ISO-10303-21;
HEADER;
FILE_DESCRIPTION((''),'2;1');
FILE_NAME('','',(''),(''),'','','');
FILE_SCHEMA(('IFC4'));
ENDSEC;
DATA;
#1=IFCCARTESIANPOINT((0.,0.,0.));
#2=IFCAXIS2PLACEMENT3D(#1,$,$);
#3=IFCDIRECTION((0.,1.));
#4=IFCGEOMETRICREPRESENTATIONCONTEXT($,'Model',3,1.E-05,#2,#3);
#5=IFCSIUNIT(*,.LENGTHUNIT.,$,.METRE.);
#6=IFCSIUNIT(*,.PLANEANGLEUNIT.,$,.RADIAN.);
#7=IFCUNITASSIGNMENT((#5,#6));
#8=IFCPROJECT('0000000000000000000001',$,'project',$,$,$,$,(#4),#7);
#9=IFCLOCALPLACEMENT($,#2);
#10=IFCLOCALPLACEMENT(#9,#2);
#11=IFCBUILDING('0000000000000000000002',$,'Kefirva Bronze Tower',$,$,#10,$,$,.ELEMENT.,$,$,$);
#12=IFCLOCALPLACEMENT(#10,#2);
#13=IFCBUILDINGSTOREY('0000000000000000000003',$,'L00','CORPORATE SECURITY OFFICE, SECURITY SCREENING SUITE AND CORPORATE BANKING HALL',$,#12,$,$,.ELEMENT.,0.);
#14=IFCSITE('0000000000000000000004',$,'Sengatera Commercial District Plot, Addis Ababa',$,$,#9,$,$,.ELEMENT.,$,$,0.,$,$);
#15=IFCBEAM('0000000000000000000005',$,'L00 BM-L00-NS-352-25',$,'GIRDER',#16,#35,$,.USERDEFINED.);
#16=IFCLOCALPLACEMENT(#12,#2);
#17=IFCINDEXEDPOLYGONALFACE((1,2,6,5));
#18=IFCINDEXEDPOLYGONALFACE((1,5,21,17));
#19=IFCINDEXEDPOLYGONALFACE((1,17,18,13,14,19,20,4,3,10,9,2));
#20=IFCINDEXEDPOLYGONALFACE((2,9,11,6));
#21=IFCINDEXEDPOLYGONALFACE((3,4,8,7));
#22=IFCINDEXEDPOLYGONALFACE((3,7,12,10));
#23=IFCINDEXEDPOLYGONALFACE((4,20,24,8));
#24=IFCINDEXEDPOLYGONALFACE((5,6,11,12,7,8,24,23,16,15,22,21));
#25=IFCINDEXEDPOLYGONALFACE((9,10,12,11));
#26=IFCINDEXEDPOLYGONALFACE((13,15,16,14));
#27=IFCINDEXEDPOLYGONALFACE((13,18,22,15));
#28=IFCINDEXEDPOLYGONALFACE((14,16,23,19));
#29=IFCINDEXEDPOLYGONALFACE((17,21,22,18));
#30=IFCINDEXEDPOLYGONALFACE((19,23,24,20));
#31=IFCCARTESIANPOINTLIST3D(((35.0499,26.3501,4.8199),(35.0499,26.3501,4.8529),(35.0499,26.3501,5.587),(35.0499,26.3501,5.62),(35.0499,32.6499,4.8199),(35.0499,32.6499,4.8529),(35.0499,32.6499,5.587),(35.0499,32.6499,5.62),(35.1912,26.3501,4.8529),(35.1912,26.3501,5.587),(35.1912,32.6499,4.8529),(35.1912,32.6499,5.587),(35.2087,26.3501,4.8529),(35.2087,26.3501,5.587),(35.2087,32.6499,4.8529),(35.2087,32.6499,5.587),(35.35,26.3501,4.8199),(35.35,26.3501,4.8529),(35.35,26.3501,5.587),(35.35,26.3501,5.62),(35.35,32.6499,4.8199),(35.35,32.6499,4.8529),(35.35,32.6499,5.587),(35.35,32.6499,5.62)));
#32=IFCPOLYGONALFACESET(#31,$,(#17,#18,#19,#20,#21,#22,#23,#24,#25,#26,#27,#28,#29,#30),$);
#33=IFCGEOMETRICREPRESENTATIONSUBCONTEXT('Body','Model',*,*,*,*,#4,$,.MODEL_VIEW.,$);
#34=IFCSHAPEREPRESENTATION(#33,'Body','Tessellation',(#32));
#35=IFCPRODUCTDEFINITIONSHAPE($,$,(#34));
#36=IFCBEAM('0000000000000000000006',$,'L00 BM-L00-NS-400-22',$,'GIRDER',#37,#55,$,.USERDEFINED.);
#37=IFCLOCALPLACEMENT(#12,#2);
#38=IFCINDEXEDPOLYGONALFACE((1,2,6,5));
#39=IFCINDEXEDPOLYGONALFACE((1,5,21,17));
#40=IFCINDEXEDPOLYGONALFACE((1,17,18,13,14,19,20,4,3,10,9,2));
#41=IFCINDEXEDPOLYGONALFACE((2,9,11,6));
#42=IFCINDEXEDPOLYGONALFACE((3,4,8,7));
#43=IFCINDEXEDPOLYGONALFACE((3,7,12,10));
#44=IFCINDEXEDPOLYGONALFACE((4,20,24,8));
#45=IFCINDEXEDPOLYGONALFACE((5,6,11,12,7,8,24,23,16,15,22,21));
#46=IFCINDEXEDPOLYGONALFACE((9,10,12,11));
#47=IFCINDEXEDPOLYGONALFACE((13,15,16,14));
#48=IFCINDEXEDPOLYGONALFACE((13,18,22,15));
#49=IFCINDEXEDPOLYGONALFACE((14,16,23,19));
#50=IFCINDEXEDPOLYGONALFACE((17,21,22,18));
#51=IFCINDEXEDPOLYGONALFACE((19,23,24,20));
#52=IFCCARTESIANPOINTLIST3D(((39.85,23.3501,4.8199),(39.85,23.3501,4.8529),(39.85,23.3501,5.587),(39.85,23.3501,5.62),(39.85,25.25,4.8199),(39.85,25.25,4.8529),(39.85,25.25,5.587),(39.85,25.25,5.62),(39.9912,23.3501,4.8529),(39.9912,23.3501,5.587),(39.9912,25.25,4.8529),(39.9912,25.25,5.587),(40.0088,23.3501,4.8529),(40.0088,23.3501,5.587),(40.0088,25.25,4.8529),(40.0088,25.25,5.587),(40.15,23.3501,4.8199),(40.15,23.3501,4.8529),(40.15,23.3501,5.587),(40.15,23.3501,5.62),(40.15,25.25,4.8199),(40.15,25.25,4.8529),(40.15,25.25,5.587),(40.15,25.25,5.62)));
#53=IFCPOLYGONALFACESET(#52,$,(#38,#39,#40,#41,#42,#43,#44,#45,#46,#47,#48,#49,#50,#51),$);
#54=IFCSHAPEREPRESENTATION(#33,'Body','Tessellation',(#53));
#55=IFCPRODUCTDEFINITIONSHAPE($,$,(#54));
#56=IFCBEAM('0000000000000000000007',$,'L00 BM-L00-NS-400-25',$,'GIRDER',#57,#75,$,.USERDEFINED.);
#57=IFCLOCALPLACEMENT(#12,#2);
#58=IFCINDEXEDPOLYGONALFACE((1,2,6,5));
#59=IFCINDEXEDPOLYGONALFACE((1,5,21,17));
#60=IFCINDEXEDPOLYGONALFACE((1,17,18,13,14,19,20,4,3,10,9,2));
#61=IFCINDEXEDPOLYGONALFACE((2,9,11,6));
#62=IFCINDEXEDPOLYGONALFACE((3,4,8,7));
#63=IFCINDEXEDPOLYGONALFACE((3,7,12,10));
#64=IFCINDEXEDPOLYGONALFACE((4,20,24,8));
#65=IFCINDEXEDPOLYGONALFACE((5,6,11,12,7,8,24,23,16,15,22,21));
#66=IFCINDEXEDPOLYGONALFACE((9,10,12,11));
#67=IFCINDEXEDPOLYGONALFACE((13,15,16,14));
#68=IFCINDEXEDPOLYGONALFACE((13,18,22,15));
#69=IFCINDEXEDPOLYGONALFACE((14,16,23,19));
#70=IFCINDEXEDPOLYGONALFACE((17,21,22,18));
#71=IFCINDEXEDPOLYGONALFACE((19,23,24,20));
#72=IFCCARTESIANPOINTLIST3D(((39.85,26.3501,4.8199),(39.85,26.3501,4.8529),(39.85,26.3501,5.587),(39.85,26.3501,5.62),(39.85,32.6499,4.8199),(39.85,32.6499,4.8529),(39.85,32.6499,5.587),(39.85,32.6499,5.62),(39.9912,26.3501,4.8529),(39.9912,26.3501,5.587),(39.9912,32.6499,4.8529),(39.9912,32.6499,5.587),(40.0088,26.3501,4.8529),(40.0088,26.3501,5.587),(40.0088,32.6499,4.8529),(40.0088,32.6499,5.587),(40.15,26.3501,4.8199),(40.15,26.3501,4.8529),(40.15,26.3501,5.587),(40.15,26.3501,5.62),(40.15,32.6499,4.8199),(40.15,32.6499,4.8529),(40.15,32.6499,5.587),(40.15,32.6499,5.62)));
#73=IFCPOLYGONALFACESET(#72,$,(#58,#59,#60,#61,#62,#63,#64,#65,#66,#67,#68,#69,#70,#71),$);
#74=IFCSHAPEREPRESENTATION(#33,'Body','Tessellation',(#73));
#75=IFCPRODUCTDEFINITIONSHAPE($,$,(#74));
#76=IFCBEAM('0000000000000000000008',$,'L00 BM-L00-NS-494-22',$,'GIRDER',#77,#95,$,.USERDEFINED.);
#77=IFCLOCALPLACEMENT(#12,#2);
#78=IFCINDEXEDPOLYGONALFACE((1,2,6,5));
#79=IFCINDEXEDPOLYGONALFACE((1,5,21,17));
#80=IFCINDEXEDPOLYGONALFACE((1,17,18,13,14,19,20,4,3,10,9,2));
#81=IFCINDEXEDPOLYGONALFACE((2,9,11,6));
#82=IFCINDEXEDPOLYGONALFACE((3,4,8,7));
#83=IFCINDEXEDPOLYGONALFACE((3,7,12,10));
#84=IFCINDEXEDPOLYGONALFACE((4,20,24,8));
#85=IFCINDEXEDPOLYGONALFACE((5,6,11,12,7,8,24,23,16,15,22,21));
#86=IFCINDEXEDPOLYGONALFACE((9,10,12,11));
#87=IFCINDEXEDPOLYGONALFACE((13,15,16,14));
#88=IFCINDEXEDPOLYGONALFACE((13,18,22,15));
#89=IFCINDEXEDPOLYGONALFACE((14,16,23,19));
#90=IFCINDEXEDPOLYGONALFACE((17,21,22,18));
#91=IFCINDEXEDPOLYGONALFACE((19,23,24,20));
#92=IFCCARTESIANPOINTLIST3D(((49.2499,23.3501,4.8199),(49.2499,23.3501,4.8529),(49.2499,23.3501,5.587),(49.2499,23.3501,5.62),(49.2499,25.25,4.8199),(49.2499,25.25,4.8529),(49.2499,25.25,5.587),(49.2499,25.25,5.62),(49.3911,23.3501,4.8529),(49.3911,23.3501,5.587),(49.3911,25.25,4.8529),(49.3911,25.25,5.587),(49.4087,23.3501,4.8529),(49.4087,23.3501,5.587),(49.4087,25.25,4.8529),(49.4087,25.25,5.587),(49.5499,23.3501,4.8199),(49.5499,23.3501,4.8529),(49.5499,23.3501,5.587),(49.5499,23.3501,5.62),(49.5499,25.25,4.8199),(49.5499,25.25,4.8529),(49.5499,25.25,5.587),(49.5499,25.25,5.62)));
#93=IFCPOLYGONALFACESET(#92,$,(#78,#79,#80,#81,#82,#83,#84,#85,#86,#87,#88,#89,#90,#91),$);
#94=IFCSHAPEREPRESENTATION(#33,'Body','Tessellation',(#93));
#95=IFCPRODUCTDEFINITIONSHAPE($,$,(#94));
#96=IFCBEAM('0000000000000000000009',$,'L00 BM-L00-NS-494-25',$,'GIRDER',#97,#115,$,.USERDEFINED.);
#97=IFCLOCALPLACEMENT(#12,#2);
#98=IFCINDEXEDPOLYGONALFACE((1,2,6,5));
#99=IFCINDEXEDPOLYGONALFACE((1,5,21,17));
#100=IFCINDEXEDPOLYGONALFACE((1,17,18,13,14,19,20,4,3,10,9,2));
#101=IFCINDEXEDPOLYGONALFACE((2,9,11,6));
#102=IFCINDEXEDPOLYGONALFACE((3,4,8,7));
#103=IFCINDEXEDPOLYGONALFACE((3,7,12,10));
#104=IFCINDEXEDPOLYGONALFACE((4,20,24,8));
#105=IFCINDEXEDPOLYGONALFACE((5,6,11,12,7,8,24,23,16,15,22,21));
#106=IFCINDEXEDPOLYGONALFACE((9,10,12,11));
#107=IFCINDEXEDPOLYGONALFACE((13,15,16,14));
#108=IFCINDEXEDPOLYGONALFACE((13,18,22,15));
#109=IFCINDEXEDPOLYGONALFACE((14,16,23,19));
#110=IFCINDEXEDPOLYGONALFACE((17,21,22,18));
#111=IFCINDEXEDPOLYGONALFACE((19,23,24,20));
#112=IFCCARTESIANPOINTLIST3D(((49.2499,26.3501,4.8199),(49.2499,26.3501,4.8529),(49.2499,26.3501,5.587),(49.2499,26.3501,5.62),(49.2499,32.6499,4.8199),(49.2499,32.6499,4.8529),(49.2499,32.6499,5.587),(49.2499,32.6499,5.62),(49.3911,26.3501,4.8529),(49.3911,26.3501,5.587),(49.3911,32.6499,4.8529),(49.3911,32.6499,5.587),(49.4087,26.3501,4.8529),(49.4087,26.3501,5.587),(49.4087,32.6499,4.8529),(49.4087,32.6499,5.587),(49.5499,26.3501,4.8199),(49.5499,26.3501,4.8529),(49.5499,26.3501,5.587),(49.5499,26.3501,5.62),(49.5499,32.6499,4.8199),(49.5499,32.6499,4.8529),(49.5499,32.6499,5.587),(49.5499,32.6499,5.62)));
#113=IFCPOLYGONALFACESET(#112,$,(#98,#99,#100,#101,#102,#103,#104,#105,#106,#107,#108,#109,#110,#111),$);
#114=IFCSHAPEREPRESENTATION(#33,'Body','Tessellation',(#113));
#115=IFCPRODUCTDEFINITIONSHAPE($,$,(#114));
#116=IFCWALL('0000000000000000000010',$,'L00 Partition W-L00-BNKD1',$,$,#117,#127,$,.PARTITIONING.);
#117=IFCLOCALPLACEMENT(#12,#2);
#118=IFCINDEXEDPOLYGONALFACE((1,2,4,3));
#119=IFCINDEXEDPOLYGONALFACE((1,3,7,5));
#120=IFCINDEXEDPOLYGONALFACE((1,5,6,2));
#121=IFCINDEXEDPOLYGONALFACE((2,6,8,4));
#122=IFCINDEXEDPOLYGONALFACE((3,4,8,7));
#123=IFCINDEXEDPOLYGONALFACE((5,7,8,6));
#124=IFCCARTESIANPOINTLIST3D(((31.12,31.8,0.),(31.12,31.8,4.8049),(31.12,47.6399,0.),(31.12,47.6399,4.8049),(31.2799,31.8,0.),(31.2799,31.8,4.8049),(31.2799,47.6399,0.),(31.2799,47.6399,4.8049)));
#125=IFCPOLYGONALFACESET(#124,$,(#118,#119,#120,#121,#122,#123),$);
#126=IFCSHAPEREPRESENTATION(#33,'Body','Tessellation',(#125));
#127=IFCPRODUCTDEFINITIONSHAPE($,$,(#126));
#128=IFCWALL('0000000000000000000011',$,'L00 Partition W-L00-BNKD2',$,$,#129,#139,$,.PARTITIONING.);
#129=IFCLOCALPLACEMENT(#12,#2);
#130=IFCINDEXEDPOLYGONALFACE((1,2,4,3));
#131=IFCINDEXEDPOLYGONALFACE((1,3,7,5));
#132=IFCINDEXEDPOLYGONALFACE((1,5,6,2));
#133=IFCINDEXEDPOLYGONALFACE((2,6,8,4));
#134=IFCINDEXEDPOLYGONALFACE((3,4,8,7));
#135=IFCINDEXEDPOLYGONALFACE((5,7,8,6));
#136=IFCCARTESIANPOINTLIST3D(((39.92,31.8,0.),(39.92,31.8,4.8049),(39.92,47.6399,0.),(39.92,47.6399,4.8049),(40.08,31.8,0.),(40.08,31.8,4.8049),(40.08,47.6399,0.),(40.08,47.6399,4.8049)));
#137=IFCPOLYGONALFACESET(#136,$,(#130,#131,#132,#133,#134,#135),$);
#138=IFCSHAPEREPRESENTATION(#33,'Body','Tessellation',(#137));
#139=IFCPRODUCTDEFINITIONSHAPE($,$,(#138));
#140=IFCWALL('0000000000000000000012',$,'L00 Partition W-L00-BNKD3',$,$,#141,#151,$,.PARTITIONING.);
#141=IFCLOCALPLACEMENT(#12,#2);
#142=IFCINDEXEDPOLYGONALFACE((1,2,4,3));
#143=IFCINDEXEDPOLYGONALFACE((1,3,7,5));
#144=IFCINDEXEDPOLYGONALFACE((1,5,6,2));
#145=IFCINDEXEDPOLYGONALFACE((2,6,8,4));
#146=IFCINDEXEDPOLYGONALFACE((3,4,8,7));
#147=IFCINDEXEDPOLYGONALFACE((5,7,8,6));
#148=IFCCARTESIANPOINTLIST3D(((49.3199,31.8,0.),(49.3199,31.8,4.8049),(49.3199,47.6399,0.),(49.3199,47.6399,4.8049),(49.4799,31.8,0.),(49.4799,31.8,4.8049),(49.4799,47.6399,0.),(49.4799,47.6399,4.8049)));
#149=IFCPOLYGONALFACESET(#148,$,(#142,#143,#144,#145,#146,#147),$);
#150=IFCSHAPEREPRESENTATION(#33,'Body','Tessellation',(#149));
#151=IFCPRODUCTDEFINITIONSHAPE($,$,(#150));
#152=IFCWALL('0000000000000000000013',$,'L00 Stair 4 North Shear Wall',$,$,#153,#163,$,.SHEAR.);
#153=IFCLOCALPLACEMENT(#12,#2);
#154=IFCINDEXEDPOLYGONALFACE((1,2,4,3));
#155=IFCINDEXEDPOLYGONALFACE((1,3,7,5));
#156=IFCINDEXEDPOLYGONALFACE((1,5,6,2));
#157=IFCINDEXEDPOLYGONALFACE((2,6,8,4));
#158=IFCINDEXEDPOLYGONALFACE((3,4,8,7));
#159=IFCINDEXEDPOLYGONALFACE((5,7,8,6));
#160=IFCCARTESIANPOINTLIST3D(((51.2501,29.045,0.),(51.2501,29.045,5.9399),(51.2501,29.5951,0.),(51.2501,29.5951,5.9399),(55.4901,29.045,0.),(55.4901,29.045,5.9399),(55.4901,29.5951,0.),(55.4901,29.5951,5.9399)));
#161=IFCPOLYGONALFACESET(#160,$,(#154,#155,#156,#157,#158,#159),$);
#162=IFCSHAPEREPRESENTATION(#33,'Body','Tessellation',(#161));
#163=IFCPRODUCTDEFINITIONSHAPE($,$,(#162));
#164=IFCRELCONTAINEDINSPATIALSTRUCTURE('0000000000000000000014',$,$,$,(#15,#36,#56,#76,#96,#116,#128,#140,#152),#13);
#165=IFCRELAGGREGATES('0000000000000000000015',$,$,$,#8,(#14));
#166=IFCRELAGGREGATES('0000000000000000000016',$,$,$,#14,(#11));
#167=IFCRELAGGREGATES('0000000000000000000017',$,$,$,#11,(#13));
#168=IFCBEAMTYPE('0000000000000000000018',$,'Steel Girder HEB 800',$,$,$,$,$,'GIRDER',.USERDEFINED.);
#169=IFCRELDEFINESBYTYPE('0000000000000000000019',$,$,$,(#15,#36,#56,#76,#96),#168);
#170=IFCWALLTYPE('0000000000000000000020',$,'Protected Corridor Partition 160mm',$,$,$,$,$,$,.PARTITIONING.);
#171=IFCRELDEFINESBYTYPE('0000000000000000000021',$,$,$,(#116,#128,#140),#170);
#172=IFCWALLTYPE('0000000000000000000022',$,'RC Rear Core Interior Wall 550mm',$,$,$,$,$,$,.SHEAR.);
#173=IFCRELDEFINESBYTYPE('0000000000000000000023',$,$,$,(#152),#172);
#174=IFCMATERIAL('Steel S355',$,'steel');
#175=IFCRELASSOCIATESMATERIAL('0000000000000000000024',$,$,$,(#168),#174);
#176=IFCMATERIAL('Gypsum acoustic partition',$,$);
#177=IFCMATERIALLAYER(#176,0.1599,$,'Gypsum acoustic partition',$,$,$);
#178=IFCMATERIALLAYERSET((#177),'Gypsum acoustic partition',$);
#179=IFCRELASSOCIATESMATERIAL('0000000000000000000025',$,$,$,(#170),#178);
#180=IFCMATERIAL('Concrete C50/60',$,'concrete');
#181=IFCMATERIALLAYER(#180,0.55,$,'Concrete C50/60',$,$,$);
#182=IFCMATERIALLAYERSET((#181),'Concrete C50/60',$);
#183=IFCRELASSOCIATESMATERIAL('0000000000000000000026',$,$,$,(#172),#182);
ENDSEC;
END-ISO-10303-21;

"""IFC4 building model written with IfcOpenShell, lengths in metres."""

from ifc_helpers import new_model, si_unit, direction, frame, frame_2d, origin, origin_2d, place, context, subcontext, project, spatial, rectangle, i_section, extrude, material, layer, layer_set, material_profile, profile_set, type_object, element, save


model = new_model("IFC4")

# Units and contexts
model_context = context("Model", 3, precision=1e-05, world=origin(), true_north=direction((0.0, 1.0)))
body_context = subcontext(model_context, "Body", "Model", "MODEL_VIEW")
ifc_project = project(units=[si_unit("LENGTHUNIT", "METRE"), si_unit("PLANEANGLEUNIT", "RADIAN")], contexts=[model_context])

# Site, building, storey
site_placement = place(None, origin())
site = spatial("IfcSite", under=ifc_project, at=site_placement, Name="Sengatera Commercial District Plot, Addis Ababa", CompositionType="ELEMENT", RefElevation=0.0)
building_placement = place(site_placement, origin())
building = spatial("IfcBuilding", under=site, at=building_placement, Name="Kefirva Bronze Tower", CompositionType="ELEMENT")
storey_placement = place(building_placement, origin())
storey = spatial("IfcBuildingStorey", under=building, at=storey_placement, Name="L00", Description="CORPORATE SECURITY OFFICE, SECURITY SCREENING SUITE AND CORPORATE BANKING HALL", CompositionType="ELEMENT", Elevation=0.0)

# Beams
ifc_material_1 = material(Name="Steel S355", Category="steel")
ifc_material_profile_1 = material_profile(ifc_material_1, i_section(OverallWidth=0.3, OverallDepth=0.8, WebThickness=0.0176, FlangeThickness=0.033, at=origin_2d()), Name="HEB 800")
ifc_profile_set_1 = profile_set([ifc_material_profile_1], Name="Steel S355")
beam_type_1 = type_object("IfcBeamType", Name="Steel Girder HEB 800", ElementType="GIRDER", PredefinedType="USERDEFINED", material=ifc_profile_set_1)
beam_1_placement = place(storey_placement, frame((35.2, 26.3501, 5.22), z_axis=(0.0, 1.0, 0.0), x_axis=(-1.0, 0.0, 0.0)))
element("IfcBeam", 1, at=beam_1_placement, inside=storey, type_object=beam_type_1, Name="L00 BM-L00-NS-352-25", ObjectType="GIRDER", PredefinedType="USERDEFINED", context=body_context, shape_type="SweptSolid", body=[
    extrude(i_section(OverallWidth=0.3, OverallDepth=0.8, WebThickness=0.0176, FlangeThickness=0.033, at=origin_2d()), origin(), (0.0, 0.0, 1.0), 6.2998),
])
beam_2_placement = place(storey_placement, frame((40.0, 23.3501, 5.22), z_axis=(0.0, 1.0, 0.0), x_axis=(-1.0, 0.0, 0.0)))
element("IfcBeam", 2, at=beam_2_placement, inside=storey, type_object=beam_type_1, Name="L00 BM-L00-NS-400-22", ObjectType="GIRDER", PredefinedType="USERDEFINED", context=body_context, shape_type="SweptSolid", body=[
    extrude(i_section(OverallWidth=0.3, OverallDepth=0.8, WebThickness=0.0176, FlangeThickness=0.033, at=origin_2d()), origin(), (0.0, 0.0, 1.0), 1.8999),
])
beam_3_placement = place(storey_placement, frame((40.0, 26.3501, 5.22), z_axis=(0.0, 1.0, 0.0), x_axis=(-1.0, 0.0, 0.0)))
element("IfcBeam", 3, at=beam_3_placement, inside=storey, type_object=beam_type_1, Name="L00 BM-L00-NS-400-25", ObjectType="GIRDER", PredefinedType="USERDEFINED", context=body_context, shape_type="SweptSolid", body=[
    extrude(i_section(OverallWidth=0.3, OverallDepth=0.8, WebThickness=0.0176, FlangeThickness=0.033, at=origin_2d()), origin(), (0.0, 0.0, 1.0), 6.2998),
])
beam_4_placement = place(storey_placement, frame((49.3999, 23.3501, 5.22), z_axis=(0.0, 1.0, 0.0), x_axis=(-1.0, 0.0, 0.0)))
element("IfcBeam", 4, at=beam_4_placement, inside=storey, type_object=beam_type_1, Name="L00 BM-L00-NS-494-22", ObjectType="GIRDER", PredefinedType="USERDEFINED", context=body_context, shape_type="SweptSolid", body=[
    extrude(i_section(OverallWidth=0.3, OverallDepth=0.8, WebThickness=0.0176, FlangeThickness=0.033, at=origin_2d()), origin(), (0.0, 0.0, 1.0), 1.8999),
])
beam_5_placement = place(storey_placement, frame((49.3999, 26.3501, 5.22), z_axis=(0.0, 1.0, 0.0), x_axis=(-1.0, 0.0, 0.0)))
element("IfcBeam", 5, at=beam_5_placement, inside=storey, type_object=beam_type_1, Name="L00 BM-L00-NS-494-25", ObjectType="GIRDER", PredefinedType="USERDEFINED", context=body_context, shape_type="SweptSolid", body=[
    extrude(i_section(OverallWidth=0.3, OverallDepth=0.8, WebThickness=0.0176, FlangeThickness=0.033, at=origin_2d()), origin(), (0.0, 0.0, 1.0), 6.2998),
])

# Walls
ifc_material_2 = material(Name="Gypsum acoustic partition")
ifc_layer_1 = layer(ifc_material_2, 0.1599, Name="Gypsum acoustic partition")
ifc_layer_set_1 = layer_set([ifc_layer_1], Name="Gypsum acoustic partition")
wall_type_1 = type_object("IfcWallType", Name="Protected Corridor Partition 160mm", PredefinedType="PARTITIONING", material=ifc_layer_set_1)
for number, where, z_axis, x_axis, name in (
    (6, (31.2, 31.8, 0.0), (0.0, 0.0, 1.0), (0.0, 1.0, 0.0), "L00 Partition W-L00-BNKD1"),
    (7, (40.0, 31.8, 0.0), (0.0, 0.0, 1.0), (0.0, 1.0, 0.0), "L00 Partition W-L00-BNKD2"),
    (8, (49.3999, 31.8, 0.0), (0.0, 0.0, 1.0), (0.0, 1.0, 0.0), "L00 Partition W-L00-BNKD3"),
):
    element("IfcWall", number, at=place(storey_placement, frame(where, z_axis=z_axis, x_axis=x_axis)), inside=storey, type_object=wall_type_1, Name=name, PredefinedType="PARTITIONING", context=body_context, shape_type="SweptSolid", body=[
        extrude(rectangle(XDim=15.8398, YDim=0.1599, at=frame_2d((7.9199, 0.0))), origin(), (0.0, 0.0, 1.0), 4.8049),
    ])
ifc_material_3 = material(Name="Concrete C50/60", Category="concrete")
ifc_layer_2 = layer(ifc_material_3, 0.55, Name="Concrete C50/60")
ifc_layer_set_2 = layer_set([ifc_layer_2], Name="Concrete C50/60")
wall_type_2 = type_object("IfcWallType", Name="RC Rear Core Interior Wall 550mm", PredefinedType="SHEAR", material=ifc_layer_set_2)
wall_placement = place(storey_placement, frame((51.25, 29.3201, 0.0), z_axis=(0.0, 0.0, 1.0), x_axis=(1.0, 0.0, 0.0)))
element("IfcWall", 9, at=wall_placement, inside=storey, type_object=wall_type_2, Name="L00 Stair 4 North Shear Wall", PredefinedType="SHEAR", context=body_context, shape_type="SweptSolid", body=[
    extrude(rectangle(XDim=4.24, YDim=0.55, at=frame_2d((2.1201, 0.0))), origin(), (0.0, 0.0, 1.0), 5.9399),
])

save(model, "model.ifc")
